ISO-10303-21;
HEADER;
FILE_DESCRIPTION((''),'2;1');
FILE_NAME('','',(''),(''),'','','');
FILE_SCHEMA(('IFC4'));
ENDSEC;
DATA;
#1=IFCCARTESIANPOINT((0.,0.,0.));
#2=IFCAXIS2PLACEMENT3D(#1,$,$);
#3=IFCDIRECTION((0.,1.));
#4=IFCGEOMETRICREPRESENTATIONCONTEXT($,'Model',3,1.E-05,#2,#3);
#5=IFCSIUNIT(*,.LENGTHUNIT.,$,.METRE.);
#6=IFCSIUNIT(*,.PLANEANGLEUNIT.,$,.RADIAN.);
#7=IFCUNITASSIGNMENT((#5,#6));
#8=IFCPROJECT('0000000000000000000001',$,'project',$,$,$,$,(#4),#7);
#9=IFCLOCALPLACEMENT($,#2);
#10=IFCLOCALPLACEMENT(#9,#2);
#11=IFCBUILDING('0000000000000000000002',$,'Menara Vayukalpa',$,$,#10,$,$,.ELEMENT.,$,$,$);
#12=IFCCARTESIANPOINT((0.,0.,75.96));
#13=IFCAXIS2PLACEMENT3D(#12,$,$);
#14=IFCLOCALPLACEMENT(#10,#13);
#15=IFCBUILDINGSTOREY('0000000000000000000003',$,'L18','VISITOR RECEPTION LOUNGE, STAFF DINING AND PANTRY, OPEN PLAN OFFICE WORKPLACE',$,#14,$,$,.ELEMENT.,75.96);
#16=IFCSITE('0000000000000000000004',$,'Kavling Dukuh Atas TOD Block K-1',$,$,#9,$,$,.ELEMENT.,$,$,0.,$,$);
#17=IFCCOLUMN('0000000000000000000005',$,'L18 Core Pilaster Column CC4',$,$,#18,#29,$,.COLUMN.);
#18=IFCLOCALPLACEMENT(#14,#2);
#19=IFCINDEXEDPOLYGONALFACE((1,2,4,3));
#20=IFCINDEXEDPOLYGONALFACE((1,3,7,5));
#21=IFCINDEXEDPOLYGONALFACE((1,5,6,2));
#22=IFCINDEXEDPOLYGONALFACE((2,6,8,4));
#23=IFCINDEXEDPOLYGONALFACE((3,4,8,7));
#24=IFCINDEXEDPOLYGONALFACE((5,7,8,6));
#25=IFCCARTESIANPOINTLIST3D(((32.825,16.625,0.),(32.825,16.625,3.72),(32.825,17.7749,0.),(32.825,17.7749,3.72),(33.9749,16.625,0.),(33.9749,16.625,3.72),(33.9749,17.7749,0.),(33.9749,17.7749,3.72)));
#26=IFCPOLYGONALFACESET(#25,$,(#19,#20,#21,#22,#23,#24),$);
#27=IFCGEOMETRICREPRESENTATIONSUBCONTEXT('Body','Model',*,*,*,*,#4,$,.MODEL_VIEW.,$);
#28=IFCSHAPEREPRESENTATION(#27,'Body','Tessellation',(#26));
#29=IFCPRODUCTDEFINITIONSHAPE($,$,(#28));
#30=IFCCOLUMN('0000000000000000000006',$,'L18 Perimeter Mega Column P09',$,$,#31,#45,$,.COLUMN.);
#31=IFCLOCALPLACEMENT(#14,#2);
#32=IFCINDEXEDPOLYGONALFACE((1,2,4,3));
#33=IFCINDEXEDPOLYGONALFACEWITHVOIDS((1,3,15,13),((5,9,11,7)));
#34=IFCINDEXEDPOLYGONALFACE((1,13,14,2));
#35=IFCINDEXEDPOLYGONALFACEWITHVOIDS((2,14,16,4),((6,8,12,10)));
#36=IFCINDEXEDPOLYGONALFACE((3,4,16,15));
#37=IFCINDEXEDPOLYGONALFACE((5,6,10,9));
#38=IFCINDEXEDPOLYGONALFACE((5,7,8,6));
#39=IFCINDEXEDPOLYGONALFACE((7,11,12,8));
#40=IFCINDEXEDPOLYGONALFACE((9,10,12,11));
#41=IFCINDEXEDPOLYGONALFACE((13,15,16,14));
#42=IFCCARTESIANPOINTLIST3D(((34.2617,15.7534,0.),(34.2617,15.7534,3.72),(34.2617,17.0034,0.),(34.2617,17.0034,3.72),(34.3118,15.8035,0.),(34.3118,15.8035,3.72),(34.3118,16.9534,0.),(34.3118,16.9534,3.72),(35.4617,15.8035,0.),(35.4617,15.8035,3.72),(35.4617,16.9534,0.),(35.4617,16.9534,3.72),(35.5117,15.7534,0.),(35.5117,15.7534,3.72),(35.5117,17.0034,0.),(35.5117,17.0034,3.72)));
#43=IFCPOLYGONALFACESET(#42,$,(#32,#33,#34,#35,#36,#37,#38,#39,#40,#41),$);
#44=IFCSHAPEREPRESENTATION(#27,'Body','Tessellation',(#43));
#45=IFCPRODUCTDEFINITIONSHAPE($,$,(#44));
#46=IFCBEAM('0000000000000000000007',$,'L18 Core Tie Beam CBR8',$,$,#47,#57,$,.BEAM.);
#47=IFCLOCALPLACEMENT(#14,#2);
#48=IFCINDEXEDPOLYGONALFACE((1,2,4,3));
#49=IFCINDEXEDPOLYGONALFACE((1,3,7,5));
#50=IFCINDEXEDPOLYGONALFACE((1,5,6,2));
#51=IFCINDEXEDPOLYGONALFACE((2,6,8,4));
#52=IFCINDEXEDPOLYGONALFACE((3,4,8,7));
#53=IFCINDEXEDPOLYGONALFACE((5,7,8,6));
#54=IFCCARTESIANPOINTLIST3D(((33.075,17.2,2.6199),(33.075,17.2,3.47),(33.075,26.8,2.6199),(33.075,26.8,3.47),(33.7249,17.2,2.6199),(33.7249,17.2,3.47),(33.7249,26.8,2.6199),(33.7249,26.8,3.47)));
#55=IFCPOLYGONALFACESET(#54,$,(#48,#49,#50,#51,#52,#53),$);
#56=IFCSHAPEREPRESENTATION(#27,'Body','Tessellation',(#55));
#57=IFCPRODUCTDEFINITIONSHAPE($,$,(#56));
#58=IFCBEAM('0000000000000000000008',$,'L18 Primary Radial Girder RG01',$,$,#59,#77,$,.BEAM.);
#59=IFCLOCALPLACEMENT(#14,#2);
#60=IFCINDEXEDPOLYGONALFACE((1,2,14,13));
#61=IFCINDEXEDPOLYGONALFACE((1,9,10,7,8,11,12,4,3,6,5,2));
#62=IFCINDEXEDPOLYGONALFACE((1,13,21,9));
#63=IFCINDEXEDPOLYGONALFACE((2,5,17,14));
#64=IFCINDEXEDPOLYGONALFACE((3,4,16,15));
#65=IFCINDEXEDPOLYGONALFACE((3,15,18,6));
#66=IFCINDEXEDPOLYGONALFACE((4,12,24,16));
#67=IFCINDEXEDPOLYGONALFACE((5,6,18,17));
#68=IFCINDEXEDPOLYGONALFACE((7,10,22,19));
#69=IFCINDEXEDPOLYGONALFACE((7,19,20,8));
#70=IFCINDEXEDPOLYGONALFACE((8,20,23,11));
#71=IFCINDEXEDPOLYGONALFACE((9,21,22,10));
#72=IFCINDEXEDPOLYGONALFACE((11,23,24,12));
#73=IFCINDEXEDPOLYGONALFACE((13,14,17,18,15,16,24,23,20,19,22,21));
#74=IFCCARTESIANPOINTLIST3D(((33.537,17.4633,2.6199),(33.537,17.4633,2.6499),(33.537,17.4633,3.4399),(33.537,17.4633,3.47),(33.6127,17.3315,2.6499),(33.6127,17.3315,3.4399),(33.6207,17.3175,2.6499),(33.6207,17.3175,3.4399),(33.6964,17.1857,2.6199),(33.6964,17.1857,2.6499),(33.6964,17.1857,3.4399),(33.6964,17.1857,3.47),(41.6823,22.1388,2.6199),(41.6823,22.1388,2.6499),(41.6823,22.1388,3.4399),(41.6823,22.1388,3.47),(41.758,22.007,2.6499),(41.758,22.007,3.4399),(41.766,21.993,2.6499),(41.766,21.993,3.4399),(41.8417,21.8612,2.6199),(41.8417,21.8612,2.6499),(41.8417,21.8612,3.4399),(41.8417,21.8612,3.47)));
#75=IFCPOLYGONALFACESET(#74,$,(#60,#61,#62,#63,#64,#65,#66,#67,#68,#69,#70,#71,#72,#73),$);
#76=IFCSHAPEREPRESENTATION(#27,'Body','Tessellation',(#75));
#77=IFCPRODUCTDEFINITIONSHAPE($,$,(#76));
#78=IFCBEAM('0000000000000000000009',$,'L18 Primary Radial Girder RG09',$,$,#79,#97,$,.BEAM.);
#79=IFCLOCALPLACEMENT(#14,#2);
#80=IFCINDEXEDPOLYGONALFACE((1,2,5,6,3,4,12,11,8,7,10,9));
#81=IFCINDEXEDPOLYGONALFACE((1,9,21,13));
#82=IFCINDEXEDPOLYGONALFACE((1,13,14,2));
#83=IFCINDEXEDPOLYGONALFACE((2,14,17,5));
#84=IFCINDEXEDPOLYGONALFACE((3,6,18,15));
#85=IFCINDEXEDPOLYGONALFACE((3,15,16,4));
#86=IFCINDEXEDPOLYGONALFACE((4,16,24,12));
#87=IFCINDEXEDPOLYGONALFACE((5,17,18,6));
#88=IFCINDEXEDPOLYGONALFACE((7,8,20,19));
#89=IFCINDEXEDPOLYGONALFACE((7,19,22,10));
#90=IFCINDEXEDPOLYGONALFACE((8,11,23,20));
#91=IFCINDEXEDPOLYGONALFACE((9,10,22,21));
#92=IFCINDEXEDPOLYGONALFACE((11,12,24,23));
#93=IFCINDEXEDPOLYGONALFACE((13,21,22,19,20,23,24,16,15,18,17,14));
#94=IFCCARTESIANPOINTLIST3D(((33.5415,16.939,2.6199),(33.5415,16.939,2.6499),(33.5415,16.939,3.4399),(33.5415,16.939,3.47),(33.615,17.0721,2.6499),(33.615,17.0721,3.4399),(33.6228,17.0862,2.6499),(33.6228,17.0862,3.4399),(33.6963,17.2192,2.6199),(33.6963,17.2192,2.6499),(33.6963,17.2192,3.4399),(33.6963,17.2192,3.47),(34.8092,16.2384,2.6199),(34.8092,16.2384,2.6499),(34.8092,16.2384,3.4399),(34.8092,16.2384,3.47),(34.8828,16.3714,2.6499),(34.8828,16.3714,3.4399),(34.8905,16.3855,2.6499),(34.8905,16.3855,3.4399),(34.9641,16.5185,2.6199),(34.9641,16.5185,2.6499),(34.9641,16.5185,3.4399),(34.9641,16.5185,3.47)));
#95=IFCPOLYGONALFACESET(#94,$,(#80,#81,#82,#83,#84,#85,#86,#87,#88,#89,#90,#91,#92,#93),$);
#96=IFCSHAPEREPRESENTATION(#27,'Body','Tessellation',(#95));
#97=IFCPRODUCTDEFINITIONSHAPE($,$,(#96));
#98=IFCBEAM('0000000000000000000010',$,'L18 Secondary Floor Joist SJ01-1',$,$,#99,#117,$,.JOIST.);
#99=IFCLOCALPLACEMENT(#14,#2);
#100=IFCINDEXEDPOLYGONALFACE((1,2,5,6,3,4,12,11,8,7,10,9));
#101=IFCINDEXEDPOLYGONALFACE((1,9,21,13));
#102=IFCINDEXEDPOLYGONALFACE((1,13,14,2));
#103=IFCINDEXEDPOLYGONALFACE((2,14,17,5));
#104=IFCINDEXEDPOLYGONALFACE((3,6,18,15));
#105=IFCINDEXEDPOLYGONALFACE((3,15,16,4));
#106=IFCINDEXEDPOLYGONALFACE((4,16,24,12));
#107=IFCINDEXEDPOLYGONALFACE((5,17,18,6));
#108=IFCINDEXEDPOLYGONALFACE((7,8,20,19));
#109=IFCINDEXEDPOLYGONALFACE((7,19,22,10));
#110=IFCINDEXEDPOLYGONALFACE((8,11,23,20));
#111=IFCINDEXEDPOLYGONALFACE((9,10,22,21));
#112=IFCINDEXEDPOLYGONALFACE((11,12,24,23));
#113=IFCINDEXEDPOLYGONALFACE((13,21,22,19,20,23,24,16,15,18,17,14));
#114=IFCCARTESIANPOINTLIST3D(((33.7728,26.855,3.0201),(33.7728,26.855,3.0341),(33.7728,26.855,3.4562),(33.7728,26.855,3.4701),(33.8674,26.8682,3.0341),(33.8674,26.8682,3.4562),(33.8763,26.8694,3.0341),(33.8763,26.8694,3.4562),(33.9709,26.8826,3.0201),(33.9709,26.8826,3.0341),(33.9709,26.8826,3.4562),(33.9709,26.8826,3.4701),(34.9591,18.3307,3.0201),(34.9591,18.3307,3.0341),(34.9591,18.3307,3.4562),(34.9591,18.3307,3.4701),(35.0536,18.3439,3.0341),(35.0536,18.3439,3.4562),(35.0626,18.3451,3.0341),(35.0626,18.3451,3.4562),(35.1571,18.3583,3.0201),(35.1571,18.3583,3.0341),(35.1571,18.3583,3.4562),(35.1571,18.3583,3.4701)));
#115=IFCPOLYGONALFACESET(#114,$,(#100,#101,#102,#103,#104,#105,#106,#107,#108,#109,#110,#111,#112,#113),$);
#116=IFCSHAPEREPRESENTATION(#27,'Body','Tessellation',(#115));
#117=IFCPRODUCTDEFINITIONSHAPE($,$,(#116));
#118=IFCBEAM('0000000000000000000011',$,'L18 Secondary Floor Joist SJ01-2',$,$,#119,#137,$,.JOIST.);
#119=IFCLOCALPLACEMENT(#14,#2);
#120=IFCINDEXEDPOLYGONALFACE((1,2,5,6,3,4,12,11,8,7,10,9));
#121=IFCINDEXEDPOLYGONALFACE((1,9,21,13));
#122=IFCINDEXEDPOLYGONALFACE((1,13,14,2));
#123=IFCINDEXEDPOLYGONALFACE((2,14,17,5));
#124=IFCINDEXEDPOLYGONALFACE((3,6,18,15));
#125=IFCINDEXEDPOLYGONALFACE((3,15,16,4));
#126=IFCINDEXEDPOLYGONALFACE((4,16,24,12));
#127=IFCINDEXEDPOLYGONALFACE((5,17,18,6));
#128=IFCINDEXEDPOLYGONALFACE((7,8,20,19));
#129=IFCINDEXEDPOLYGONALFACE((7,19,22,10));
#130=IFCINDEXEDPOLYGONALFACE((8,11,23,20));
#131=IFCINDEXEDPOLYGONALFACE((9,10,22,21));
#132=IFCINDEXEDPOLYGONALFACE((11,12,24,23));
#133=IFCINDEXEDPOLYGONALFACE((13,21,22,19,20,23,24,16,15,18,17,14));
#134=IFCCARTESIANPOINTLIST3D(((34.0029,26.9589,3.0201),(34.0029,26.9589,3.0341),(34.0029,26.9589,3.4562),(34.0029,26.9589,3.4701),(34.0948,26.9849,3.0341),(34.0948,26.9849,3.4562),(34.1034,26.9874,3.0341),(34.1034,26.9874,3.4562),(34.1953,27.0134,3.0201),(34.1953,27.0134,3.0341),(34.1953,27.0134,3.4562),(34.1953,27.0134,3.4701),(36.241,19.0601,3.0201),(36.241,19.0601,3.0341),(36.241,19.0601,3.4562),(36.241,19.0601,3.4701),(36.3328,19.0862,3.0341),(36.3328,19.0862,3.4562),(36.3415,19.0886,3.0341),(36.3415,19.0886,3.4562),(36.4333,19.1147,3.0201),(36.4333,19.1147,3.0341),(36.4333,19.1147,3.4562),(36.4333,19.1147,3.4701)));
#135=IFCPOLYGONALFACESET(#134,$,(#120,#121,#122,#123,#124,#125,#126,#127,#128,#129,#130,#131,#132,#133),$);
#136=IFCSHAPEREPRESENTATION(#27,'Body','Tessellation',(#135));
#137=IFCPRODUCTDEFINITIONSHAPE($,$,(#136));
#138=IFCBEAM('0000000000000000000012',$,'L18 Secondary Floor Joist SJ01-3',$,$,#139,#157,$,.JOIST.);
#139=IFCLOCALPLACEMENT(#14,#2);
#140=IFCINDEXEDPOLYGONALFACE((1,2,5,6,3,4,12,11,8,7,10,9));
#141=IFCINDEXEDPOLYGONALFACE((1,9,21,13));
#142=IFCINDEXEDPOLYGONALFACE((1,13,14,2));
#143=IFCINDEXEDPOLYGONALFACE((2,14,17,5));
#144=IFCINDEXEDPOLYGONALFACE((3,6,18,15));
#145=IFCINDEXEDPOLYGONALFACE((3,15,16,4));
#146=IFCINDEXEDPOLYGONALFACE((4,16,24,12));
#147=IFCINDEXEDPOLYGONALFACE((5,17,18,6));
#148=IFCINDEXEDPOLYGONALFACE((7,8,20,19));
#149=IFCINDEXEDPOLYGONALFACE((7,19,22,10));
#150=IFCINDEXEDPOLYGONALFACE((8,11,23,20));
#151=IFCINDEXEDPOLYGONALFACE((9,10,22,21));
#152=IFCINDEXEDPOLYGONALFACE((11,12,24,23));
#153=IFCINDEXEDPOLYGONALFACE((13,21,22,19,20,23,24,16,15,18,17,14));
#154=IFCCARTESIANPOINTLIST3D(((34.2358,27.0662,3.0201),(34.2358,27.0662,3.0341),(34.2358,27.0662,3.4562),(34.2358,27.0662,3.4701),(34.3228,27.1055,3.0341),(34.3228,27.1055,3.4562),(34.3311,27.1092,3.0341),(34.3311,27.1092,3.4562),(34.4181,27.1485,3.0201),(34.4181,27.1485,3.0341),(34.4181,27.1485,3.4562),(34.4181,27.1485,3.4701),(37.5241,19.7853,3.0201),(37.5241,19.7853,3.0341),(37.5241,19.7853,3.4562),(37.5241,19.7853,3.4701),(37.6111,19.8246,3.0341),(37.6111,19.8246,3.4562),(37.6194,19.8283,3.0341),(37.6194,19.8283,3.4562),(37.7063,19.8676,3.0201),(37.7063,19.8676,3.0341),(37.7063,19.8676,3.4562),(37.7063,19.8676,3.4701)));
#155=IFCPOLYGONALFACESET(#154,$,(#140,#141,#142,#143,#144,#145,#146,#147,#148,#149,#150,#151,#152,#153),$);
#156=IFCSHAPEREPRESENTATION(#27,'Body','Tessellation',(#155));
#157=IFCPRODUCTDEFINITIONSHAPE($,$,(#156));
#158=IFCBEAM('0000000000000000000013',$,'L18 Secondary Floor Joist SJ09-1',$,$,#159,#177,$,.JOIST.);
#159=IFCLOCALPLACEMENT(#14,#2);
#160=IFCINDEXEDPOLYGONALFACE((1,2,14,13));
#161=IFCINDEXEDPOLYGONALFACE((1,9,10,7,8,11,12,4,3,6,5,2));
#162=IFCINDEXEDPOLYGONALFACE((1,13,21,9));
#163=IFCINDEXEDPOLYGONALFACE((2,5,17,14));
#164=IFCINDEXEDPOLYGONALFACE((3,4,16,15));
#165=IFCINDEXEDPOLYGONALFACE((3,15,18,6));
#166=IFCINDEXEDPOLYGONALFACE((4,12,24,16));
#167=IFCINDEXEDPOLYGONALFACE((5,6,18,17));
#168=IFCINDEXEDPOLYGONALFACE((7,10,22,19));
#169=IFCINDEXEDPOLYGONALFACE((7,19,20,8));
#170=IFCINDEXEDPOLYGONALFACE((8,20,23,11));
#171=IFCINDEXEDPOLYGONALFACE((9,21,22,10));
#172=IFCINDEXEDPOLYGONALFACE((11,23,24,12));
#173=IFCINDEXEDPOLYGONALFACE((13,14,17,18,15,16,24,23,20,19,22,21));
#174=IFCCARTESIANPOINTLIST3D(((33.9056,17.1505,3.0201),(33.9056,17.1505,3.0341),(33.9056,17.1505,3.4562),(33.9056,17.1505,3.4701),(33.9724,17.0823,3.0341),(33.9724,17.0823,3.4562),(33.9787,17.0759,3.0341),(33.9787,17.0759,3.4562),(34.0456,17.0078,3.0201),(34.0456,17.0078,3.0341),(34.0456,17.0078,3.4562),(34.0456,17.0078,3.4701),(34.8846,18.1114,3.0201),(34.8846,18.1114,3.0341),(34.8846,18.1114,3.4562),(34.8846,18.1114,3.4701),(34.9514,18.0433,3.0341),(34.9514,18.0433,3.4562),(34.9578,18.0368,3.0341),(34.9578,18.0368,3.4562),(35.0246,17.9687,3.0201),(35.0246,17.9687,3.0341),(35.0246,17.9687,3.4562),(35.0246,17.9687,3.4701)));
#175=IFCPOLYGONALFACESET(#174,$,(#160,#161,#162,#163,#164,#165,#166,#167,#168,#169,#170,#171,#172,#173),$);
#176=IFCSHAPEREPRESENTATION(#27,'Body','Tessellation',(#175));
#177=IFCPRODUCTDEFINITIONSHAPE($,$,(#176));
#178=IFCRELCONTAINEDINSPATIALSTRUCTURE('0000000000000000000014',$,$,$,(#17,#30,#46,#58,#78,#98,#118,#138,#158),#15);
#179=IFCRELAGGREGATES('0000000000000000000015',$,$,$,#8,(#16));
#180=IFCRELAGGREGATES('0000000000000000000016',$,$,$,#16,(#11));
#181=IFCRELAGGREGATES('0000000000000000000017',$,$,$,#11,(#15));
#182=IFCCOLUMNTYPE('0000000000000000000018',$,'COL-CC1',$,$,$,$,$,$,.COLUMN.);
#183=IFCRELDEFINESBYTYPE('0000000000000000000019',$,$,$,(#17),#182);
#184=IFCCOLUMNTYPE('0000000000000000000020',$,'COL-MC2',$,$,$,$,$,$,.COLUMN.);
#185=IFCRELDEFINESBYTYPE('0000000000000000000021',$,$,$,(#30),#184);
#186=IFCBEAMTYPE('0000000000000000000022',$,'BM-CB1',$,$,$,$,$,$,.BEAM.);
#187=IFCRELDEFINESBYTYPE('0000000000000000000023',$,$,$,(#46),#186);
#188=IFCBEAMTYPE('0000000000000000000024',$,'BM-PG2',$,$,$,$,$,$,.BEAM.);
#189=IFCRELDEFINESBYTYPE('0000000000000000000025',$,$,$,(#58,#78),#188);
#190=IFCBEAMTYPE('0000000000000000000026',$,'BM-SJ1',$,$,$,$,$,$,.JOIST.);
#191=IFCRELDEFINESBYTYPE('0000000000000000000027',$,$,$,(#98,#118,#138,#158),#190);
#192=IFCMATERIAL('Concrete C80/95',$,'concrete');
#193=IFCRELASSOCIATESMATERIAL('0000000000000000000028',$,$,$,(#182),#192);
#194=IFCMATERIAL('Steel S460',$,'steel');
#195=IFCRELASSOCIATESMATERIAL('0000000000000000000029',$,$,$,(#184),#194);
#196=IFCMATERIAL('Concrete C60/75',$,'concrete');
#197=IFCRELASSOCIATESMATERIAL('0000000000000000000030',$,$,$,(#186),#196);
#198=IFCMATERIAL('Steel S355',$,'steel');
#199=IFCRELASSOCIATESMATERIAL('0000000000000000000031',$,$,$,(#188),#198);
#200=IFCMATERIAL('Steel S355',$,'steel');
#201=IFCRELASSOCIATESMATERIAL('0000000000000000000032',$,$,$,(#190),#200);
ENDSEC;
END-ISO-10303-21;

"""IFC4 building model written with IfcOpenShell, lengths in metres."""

from ifc_helpers import new_model, si_unit, direction, frame, origin, origin_2d, place, context, subcontext, project, spatial, rectangle, hollow_rectangle, i_section, extrude, material, material_profile, profile_set, type_object, element, save


model = new_model("IFC4")

# Units and contexts
model_context = context("Model", 3, precision=1e-05, world=origin(), true_north=direction((0.0, 1.0)))
body_context = subcontext(model_context, "Body", "Model", "MODEL_VIEW")
ifc_project = project(units=[si_unit("LENGTHUNIT", "METRE"), si_unit("PLANEANGLEUNIT", "RADIAN")], contexts=[model_context])

# Site, building, storey
site_placement = place(None, origin())
site = spatial("IfcSite", under=ifc_project, at=site_placement, Name="Kavling Dukuh Atas TOD Block K-1", CompositionType="ELEMENT", RefElevation=0.0)
building_placement = place(site_placement, origin())
building = spatial("IfcBuilding", under=site, at=building_placement, Name="Menara Vayukalpa", CompositionType="ELEMENT")
storey_placement = place(building_placement, frame((0.0, 0.0, 75.96)))
storey = spatial("IfcBuildingStorey", under=building, at=storey_placement, Name="L18", Description="VISITOR RECEPTION LOUNGE, STAFF DINING AND PANTRY, OPEN PLAN OFFICE WORKPLACE", CompositionType="ELEMENT", Elevation=75.96)

# Columns
ifc_material_1 = material(Name="Concrete C80/95", Category="concrete")
ifc_material_profile_1 = material_profile(ifc_material_1, rectangle(XDim=1.1499, YDim=1.1499, at=origin_2d()), Name="RC 1150x1150")
ifc_profile_set_1 = profile_set([ifc_material_profile_1], Name="Concrete C80/95")
column_type_1 = type_object("IfcColumnType", Name="COL-CC1", PredefinedType="COLUMN", material=ifc_profile_set_1)
column_1_placement = place(storey_placement, frame((33.3999, 17.2, 0.0), z_axis=(0.0, 0.0, 1.0), x_axis=(1.0, 0.0, 0.0)))
element("IfcColumn", 1, at=column_1_placement, inside=storey, type_object=column_type_1, Name="L18 Core Pilaster Column CC4", PredefinedType="COLUMN", context=body_context, shape_type="SweptSolid", body=[
    extrude(rectangle(XDim=1.1499, YDim=1.1499, at=origin_2d()), origin(), (0.0, 0.0, 1.0), 3.72),
])
ifc_material_2 = material(Name="Steel S460", Category="steel")
ifc_material_profile_2 = material_profile(ifc_material_2, hollow_rectangle(XDim=1.25, YDim=1.25, WallThickness=0.05, at=origin_2d()), Name="BOX 1250x1250x50")
ifc_profile_set_2 = profile_set([ifc_material_profile_2], Name="Steel S460")
column_type_2 = type_object("IfcColumnType", Name="COL-MC2", PredefinedType="COLUMN", material=ifc_profile_set_2)
column_2_placement = place(storey_placement, frame((34.8867, 16.3784, 0.0), z_axis=(0.0, 0.0, 1.0), x_axis=(1.0, 0.0, 0.0)))
element("IfcColumn", 2, at=column_2_placement, inside=storey, type_object=column_type_2, Name="L18 Perimeter Mega Column P09", PredefinedType="COLUMN", context=body_context, shape_type="SweptSolid", body=[
    extrude(hollow_rectangle(XDim=1.25, YDim=1.25, WallThickness=0.05, at=origin_2d()), origin(), (0.0, 0.0, 1.0), 3.72),
])

# Beams
ifc_material_3 = material(Name="Concrete C60/75", Category="concrete")
ifc_material_profile_3 = material_profile(ifc_material_3, rectangle(XDim=0.6499, YDim=0.8501, at=origin_2d()), Name="RC 650x850")
ifc_profile_set_3 = profile_set([ifc_material_profile_3], Name="Concrete C60/75")
beam_type_1 = type_object("IfcBeamType", Name="BM-CB1", PredefinedType="BEAM", material=ifc_profile_set_3)
beam_1_placement = place(storey_placement, frame((33.3999, 17.2, 3.0449), z_axis=(0.0, 1.0, 0.0), x_axis=(-1.0, 0.0, 0.0)))
element("IfcBeam", 3, at=beam_1_placement, inside=storey, type_object=beam_type_1, Name="L18 Core Tie Beam CBR8", PredefinedType="BEAM", context=body_context, shape_type="SweptSolid", body=[
    extrude(rectangle(XDim=0.6499, YDim=0.8501, at=origin_2d()), origin(), (0.0, 0.0, 1.0), 9.6001),
])
ifc_material_4 = material(Name="Steel S355", Category="steel")
ifc_material_profile_4 = material_profile(ifc_material_4, i_section(OverallWidth=0.3201, OverallDepth=0.8501, WebThickness=0.0161, FlangeThickness=0.03, at=origin_2d()), Name="WF 850x320x16x30")
ifc_profile_set_4 = profile_set([ifc_material_profile_4], Name="Steel S355")
beam_type_2 = type_object("IfcBeamType", Name="BM-PG2", PredefinedType="BEAM", material=ifc_profile_set_4)
beam_2_placement = place(storey_placement, frame((33.6167, 17.3245, 3.0449), z_axis=(0.867274, 0.497832, 0.0), x_axis=(-0.497832, 0.867274, 0.0)))
element("IfcBeam", 4, at=beam_2_placement, inside=storey, type_object=beam_type_2, Name="L18 Primary Radial Girder RG01", PredefinedType="BEAM", context=body_context, shape_type="SweptSolid", body=[
    extrude(i_section(OverallWidth=0.3201, OverallDepth=0.8501, WebThickness=0.0161, FlangeThickness=0.03, at=origin_2d()), origin(), (0.0, 0.0, 1.0), 9.3918),
])
beam_3_placement = place(storey_placement, frame((33.6189, 17.0791, 3.0449), z_axis=(0.875228, -0.48371, 0.0), x_axis=(0.48371, 0.875228, 0.0)))
element("IfcBeam", 5, at=beam_3_placement, inside=storey, type_object=beam_type_2, Name="L18 Primary Radial Girder RG09", PredefinedType="BEAM", context=body_context, shape_type="SweptSolid", body=[
    extrude(i_section(OverallWidth=0.3201, OverallDepth=0.8501, WebThickness=0.0161, FlangeThickness=0.03, at=origin_2d()), origin(), (0.0, 0.0, 1.0), 1.4485),
])
ifc_material_5 = material(Name="Steel S355", Category="steel")
ifc_material_profile_5 = material_profile(ifc_material_5, i_section(OverallWidth=0.2, OverallDepth=0.45, WebThickness=0.009, FlangeThickness=0.0139, at=origin_2d()), Name="WF 450x200x9x14")
ifc_profile_set_5 = profile_set([ifc_material_profile_5], Name="Steel S355")
beam_type_3 = type_object("IfcBeamType", Name="BM-SJ1", PredefinedType="JOIST", material=ifc_profile_set_5)
beam_4_placement = place(storey_placement, frame((35.0581, 18.3445, 3.2451), z_axis=(-0.137834, 0.990455, 0.0), x_axis=(-0.990455, -0.137834, 0.0)))
element("IfcBeam", 6, at=beam_4_placement, inside=storey, type_object=beam_type_3, Name="L18 Secondary Floor Joist SJ01-1", PredefinedType="JOIST", context=body_context, shape_type="SweptSolid", body=[
    extrude(i_section(OverallWidth=0.2, OverallDepth=0.45, WebThickness=0.009, FlangeThickness=0.0139, at=origin_2d()), origin(), (0.0, 0.0, 1.0), 8.6064),
])
beam_5_placement = place(storey_placement, frame((36.3372, 19.0874, 3.2451), z_axis=(-0.272611, 0.962124, 0.0), x_axis=(-0.962124, -0.272611, 0.0)))
element("IfcBeam", 7, at=beam_5_placement, inside=storey, type_object=beam_type_3, Name="L18 Secondary Floor Joist SJ01-2", PredefinedType="JOIST", context=body_context, shape_type="SweptSolid", body=[
    extrude(i_section(OverallWidth=0.2, OverallDepth=0.45, WebThickness=0.009, FlangeThickness=0.0139, at=origin_2d()), origin(), (0.0, 0.0, 1.0), 8.2097),
])
beam_6_placement = place(storey_placement, frame((37.6152, 19.8264, 3.2451), z_axis=(-0.411601, 0.911364, 0.0), x_axis=(-0.911364, -0.411601, 0.0)))
element("IfcBeam", 8, at=beam_6_placement, inside=storey, type_object=beam_type_3, Name="L18 Secondary Floor Joist SJ01-3", PredefinedType="JOIST", context=body_context, shape_type="SweptSolid", body=[
    extrude(i_section(OverallWidth=0.2, OverallDepth=0.45, WebThickness=0.009, FlangeThickness=0.0139, at=origin_2d()), origin(), (0.0, 0.0, 1.0), 7.989),
])
beam_7_placement = place(storey_placement, frame((33.9756, 17.0791, 3.2451), z_axis=(0.713661, 0.700491, 0.0), x_axis=(-0.700491, 0.713661, 0.0)))
element("IfcBeam", 9, at=beam_7_placement, inside=storey, type_object=beam_type_3, Name="L18 Secondary Floor Joist SJ09-1", PredefinedType="JOIST", context=body_context, shape_type="SweptSolid", body=[
    extrude(i_section(OverallWidth=0.2, OverallDepth=0.45, WebThickness=0.009, FlangeThickness=0.0139, at=origin_2d()), origin(), (0.0, 0.0, 1.0), 1.3718),
])

save(model, "model.ifc")
